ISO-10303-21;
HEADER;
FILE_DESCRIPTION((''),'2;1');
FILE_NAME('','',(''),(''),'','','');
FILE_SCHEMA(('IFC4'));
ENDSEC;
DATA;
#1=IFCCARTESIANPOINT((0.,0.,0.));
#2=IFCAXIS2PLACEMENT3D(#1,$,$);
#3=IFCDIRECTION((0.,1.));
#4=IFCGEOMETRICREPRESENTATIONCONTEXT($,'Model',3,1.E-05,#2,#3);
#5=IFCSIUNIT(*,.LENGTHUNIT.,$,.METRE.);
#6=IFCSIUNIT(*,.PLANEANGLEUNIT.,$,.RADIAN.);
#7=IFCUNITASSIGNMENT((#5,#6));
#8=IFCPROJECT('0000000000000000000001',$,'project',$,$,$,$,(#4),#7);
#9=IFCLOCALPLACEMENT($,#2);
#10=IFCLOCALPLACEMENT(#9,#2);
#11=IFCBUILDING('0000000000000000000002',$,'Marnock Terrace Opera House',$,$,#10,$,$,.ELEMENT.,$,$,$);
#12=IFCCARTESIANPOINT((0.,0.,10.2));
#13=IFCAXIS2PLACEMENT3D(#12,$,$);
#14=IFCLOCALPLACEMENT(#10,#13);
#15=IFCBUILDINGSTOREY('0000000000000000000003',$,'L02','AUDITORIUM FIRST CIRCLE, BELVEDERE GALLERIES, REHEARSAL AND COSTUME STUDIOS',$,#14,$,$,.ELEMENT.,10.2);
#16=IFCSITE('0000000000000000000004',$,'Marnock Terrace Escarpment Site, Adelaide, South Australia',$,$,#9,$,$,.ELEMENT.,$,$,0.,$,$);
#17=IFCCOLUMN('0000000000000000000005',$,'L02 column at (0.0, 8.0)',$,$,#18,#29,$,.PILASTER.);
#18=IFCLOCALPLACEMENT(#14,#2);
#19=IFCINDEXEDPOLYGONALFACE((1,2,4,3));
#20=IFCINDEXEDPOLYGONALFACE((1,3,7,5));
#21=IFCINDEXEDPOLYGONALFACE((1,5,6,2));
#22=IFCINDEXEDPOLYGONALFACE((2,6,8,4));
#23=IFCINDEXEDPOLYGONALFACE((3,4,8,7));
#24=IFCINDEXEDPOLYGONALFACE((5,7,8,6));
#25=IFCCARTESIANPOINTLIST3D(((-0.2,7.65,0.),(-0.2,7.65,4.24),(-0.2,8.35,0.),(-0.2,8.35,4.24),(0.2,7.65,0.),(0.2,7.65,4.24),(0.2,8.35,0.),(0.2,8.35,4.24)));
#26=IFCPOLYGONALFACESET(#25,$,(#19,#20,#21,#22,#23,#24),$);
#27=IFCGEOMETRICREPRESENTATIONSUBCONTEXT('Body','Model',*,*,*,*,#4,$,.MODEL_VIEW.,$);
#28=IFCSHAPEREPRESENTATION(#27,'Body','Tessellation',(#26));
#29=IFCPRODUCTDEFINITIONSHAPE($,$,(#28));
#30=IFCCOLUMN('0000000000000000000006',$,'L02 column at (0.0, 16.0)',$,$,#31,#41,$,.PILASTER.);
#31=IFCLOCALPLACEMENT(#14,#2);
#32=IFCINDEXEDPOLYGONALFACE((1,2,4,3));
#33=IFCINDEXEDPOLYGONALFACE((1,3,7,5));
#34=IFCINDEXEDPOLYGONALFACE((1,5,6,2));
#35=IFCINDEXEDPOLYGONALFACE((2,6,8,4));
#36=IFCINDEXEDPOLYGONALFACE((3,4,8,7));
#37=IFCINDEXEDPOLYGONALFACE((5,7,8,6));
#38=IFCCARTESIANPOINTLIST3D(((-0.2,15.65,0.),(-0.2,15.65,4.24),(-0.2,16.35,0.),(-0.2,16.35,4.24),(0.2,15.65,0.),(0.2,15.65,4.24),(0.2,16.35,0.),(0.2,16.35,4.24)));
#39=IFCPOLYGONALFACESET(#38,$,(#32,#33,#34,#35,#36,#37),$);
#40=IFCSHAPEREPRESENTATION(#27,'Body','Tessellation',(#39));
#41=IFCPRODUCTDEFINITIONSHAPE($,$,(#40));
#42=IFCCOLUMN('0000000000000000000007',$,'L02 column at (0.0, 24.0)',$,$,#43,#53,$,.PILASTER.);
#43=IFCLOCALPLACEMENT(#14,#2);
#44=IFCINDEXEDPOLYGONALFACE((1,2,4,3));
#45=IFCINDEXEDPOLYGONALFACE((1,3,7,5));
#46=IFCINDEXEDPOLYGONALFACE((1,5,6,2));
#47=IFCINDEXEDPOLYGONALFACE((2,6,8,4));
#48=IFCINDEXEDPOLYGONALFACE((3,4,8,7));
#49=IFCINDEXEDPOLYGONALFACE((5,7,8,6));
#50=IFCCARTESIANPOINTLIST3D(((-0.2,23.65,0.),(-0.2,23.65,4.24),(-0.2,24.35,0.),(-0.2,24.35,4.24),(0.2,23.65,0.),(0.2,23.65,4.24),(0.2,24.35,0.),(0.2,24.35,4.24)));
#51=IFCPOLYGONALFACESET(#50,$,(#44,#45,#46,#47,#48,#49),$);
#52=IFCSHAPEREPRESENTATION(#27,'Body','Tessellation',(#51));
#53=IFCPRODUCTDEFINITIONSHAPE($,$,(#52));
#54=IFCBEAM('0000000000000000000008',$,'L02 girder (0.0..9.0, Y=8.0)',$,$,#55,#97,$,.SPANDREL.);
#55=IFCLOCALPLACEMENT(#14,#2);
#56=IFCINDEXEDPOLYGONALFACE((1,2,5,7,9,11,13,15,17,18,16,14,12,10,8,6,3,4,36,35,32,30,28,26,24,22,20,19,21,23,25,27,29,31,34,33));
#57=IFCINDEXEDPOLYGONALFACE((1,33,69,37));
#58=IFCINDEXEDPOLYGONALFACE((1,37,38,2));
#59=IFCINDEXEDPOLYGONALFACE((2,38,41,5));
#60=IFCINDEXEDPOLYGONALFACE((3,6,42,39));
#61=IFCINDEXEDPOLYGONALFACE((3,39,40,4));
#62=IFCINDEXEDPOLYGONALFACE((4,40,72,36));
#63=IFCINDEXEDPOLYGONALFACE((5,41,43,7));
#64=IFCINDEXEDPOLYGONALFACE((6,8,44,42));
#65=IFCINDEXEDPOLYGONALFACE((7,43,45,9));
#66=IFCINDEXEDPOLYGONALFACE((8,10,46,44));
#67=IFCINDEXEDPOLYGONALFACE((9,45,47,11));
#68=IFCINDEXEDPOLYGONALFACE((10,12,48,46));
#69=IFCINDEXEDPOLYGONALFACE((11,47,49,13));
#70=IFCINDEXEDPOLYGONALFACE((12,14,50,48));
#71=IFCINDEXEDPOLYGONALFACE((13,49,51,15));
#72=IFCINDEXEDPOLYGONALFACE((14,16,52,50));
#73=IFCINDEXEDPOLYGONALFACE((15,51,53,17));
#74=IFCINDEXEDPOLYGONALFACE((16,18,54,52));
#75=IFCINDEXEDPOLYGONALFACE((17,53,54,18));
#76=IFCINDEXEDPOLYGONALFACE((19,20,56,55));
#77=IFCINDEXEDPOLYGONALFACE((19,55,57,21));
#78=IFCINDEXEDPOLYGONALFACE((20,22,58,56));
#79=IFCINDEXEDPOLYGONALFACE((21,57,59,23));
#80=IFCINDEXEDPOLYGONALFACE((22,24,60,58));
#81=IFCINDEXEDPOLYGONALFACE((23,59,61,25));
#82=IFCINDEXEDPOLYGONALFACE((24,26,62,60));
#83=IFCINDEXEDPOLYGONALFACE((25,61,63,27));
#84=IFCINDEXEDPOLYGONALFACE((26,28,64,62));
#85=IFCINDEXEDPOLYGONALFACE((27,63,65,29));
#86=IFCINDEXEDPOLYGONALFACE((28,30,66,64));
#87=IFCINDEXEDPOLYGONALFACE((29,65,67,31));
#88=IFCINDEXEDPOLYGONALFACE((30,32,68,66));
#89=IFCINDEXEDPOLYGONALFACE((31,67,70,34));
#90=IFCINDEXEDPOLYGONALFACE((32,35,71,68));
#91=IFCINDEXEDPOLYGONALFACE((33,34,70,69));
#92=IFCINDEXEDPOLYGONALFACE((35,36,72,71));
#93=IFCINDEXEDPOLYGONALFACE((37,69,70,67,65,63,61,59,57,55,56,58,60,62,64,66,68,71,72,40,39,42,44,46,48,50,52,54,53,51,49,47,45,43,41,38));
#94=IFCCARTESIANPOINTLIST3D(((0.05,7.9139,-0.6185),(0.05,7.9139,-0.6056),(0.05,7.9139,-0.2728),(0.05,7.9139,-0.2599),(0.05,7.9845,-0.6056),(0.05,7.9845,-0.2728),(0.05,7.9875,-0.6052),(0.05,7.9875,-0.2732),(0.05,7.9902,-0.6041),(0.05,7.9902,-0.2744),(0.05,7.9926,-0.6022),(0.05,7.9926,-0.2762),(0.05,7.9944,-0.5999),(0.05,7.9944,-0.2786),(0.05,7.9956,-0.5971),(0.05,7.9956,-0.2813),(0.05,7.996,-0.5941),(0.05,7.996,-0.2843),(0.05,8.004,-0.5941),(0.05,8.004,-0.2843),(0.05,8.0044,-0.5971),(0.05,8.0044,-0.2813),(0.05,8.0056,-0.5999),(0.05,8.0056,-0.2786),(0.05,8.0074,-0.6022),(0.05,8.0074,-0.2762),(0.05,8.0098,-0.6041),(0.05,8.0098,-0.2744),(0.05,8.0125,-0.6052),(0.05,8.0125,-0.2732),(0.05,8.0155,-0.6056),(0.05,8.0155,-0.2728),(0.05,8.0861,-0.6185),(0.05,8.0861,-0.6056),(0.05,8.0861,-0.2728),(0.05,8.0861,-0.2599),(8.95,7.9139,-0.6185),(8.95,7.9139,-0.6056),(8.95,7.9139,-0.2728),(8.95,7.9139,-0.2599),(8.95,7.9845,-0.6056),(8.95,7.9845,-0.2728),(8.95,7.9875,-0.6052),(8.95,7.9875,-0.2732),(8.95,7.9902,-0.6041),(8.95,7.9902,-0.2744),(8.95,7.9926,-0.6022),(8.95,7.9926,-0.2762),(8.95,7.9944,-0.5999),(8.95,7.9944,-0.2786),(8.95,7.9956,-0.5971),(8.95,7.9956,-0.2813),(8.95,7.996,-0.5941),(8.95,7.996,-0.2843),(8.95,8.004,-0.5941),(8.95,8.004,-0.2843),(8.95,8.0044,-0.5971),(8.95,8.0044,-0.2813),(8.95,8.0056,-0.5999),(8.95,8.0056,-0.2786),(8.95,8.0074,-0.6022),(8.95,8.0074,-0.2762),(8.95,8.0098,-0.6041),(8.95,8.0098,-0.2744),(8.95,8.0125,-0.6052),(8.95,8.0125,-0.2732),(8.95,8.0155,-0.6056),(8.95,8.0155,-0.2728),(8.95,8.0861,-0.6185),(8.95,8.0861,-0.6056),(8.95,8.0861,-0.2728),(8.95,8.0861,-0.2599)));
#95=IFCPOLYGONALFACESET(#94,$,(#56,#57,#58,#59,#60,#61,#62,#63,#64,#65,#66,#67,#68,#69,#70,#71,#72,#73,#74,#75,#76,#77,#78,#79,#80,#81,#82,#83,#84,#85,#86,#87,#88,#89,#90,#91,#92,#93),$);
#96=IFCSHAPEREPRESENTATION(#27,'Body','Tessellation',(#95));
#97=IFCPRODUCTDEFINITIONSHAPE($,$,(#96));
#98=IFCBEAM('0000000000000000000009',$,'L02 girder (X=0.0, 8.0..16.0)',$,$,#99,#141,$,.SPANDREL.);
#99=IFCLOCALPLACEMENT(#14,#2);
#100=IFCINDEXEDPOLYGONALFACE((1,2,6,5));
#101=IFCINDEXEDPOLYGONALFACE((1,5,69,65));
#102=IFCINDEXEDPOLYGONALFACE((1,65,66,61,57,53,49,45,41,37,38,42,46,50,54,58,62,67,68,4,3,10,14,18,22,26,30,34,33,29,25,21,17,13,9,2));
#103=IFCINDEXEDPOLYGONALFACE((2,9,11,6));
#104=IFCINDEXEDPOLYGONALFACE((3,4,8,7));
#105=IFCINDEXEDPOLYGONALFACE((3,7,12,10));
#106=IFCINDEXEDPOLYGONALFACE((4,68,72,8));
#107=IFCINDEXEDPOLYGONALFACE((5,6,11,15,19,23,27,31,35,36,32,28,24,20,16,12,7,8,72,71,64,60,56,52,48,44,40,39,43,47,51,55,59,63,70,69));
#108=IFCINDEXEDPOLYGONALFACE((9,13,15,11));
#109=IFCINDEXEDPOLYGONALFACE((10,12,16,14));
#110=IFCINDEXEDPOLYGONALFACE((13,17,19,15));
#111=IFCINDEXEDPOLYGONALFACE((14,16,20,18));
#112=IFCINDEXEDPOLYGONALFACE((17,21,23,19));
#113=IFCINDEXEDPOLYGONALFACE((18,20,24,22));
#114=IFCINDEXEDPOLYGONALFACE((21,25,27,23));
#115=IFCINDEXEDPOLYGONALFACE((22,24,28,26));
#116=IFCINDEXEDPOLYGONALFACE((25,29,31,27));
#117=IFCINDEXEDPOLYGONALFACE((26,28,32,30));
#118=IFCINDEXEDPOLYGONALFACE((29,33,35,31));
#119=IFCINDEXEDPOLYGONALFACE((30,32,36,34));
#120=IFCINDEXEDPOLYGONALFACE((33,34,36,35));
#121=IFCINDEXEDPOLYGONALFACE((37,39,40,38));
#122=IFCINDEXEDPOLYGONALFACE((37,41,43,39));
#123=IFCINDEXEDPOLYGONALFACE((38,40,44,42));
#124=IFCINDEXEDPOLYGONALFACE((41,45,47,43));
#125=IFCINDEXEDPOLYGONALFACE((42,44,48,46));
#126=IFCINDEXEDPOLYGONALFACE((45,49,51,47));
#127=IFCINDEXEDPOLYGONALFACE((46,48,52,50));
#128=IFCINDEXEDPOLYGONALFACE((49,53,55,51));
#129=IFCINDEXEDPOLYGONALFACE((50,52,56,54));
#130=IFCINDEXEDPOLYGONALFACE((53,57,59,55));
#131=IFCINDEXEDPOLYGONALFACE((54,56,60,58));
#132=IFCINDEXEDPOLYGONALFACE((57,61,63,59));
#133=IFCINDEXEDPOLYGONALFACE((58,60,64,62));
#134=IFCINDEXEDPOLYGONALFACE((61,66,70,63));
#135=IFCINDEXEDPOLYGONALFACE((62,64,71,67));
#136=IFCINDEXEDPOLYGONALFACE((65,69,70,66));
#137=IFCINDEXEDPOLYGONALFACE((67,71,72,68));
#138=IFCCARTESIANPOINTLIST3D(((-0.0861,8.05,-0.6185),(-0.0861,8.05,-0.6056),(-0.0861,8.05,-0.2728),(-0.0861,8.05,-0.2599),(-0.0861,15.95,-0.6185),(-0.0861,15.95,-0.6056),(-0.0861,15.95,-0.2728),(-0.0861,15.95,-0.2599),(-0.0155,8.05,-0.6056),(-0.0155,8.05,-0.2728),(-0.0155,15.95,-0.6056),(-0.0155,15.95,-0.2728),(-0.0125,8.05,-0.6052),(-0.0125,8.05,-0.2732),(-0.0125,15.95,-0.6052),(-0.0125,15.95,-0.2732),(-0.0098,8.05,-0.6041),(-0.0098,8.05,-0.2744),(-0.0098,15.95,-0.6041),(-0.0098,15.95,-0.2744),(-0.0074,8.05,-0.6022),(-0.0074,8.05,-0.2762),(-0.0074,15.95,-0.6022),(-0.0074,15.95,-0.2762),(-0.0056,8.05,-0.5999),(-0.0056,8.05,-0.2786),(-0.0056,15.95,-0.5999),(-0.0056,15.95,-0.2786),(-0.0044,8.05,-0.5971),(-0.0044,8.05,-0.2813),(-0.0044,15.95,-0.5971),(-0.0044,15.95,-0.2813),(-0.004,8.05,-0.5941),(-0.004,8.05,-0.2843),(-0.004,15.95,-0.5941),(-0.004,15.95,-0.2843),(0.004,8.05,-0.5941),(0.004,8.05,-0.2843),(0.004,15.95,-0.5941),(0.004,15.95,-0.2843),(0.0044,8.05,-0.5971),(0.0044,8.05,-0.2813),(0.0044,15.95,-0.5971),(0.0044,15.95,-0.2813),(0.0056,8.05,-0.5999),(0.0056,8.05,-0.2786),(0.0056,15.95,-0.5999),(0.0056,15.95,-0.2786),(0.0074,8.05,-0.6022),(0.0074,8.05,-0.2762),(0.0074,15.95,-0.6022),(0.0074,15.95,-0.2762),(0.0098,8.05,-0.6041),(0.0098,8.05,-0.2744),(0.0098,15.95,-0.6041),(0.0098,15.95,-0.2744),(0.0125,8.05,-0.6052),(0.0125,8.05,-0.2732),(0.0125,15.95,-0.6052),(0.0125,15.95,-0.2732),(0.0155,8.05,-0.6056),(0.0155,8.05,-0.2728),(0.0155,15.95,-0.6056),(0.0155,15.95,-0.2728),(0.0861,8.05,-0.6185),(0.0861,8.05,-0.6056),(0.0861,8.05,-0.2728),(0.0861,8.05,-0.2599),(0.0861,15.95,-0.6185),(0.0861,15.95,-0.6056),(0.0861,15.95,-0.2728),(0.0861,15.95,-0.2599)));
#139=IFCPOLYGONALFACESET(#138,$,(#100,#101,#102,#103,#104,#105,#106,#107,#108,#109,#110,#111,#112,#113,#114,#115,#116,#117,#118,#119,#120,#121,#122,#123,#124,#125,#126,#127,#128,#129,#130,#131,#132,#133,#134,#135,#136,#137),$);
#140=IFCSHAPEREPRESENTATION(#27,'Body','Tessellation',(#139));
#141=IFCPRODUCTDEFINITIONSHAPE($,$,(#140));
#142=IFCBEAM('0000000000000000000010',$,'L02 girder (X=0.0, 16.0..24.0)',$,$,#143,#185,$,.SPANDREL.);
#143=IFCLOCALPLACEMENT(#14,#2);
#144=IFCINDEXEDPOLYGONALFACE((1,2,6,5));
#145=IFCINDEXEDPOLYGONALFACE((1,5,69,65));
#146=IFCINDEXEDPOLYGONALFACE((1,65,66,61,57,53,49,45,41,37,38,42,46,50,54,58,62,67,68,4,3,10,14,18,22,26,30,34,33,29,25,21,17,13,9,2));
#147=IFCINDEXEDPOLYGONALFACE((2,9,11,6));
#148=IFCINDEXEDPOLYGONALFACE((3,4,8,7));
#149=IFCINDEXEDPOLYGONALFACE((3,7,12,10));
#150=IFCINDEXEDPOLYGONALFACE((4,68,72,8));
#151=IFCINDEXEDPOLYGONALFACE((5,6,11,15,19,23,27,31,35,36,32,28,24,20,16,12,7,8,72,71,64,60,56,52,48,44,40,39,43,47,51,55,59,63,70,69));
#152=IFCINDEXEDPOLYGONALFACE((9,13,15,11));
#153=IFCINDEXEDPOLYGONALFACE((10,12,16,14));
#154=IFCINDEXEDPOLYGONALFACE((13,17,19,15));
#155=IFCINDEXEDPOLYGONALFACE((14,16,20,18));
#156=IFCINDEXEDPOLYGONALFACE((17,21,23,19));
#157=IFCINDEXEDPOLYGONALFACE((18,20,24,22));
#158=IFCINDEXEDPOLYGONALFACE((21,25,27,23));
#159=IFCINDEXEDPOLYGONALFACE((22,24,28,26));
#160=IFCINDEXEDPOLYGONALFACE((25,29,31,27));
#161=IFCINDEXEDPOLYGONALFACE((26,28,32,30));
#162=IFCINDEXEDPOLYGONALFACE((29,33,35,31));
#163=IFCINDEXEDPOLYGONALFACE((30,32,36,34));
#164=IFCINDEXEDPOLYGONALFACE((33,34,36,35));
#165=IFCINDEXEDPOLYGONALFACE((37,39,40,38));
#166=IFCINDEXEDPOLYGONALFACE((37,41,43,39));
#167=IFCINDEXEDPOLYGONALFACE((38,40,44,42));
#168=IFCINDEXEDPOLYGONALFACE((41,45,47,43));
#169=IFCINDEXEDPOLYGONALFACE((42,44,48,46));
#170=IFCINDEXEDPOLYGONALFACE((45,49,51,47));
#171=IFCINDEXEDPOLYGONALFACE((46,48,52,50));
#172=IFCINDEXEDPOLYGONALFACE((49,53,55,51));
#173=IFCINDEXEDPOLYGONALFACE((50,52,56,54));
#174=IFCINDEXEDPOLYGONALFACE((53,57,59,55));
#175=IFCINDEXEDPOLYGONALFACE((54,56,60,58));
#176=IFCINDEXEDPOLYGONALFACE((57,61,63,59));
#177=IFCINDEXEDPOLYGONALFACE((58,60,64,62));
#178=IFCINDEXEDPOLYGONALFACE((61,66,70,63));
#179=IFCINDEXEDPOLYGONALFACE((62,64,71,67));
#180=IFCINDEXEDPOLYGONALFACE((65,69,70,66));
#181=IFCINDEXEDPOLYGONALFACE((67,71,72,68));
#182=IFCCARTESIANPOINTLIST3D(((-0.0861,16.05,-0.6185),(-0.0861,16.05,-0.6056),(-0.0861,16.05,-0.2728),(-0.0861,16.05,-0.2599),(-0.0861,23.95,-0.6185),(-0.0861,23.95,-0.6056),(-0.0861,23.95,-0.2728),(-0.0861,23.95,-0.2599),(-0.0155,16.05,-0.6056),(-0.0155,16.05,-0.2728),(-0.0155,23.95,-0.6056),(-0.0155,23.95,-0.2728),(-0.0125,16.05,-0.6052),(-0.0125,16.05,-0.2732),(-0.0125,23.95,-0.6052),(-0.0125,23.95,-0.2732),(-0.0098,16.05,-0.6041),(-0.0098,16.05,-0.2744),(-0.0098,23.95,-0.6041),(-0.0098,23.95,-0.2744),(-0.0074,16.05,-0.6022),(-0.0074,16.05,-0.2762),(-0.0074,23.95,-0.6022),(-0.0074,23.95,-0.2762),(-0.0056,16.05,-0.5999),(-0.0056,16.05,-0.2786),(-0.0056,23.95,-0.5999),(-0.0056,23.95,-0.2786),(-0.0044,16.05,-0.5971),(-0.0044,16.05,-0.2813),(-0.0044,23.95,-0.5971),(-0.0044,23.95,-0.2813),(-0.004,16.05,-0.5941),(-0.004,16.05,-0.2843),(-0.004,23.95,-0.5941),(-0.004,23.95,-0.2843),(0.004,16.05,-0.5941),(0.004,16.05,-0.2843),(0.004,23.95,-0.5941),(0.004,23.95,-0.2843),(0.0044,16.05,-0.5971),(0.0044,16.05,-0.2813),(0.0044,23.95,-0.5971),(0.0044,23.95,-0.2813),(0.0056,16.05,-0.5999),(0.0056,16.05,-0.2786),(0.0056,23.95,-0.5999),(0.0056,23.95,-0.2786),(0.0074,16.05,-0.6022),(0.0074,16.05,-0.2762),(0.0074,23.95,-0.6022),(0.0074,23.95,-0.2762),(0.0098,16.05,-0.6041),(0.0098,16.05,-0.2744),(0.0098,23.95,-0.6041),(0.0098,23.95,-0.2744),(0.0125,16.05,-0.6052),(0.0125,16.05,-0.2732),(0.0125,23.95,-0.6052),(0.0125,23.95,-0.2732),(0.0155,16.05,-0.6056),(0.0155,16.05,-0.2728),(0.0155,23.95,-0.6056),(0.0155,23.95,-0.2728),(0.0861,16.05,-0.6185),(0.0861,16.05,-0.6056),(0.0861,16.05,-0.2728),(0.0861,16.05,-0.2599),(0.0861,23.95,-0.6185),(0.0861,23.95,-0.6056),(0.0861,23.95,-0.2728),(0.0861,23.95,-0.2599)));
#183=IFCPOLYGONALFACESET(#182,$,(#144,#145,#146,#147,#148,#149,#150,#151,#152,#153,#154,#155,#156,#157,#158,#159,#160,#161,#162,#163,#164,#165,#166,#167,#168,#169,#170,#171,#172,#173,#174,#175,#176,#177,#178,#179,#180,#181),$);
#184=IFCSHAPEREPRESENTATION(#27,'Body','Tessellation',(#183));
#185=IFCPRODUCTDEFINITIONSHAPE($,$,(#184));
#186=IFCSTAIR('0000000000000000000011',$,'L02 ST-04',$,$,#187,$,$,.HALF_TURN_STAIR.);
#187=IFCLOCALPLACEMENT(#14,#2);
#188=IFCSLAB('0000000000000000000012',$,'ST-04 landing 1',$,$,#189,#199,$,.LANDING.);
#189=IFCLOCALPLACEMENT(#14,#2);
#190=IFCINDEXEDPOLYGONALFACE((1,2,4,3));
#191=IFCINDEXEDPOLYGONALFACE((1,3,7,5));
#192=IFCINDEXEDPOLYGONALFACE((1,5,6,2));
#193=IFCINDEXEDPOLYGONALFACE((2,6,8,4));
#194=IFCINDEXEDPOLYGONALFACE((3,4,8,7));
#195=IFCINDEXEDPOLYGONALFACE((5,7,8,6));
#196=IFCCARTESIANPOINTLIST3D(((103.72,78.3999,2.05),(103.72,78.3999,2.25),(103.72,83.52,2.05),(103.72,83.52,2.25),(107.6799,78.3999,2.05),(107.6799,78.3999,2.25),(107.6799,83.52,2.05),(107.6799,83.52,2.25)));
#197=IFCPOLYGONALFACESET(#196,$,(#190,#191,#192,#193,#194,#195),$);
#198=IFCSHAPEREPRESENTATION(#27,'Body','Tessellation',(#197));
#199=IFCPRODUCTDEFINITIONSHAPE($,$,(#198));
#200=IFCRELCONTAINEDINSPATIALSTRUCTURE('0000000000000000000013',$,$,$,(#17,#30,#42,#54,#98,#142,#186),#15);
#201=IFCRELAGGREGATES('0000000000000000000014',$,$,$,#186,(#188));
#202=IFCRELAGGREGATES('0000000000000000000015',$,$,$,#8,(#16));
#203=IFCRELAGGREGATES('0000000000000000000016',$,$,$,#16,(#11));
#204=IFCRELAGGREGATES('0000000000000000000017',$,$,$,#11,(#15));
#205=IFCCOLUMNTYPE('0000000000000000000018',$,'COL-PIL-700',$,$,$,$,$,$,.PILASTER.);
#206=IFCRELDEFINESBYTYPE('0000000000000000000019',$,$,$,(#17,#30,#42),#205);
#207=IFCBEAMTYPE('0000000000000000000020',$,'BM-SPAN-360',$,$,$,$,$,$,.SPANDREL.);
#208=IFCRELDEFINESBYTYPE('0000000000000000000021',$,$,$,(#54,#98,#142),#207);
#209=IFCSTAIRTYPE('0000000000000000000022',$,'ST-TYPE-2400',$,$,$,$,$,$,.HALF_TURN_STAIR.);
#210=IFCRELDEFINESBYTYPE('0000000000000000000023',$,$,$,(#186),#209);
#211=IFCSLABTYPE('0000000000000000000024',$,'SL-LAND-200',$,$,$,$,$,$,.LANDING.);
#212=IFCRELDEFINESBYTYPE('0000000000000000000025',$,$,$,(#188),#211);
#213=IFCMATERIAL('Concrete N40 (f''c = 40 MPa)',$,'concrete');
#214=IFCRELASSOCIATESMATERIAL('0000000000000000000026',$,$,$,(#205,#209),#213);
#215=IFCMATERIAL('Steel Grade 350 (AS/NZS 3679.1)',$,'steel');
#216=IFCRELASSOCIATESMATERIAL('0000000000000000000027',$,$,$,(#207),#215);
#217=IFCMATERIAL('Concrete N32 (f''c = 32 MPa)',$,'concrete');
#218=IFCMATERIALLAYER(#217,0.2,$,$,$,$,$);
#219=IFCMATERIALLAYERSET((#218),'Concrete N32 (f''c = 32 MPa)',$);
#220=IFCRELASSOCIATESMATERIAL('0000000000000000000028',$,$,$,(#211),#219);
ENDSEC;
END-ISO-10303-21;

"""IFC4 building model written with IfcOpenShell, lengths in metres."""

from ifc_helpers import new_model, si_unit, direction, frame, origin, origin_2d, place, context, subcontext, project, spatial, polyline, rectangle, i_section, outline, extrude, material, layer, layer_set, material_profile, profile_set, type_object, element, aggregate, save


model = new_model("IFC4")

# Units and contexts
model_context = context("Model", 3, precision=1e-05, world=origin(), true_north=direction((0.0, 1.0)))
body_context = subcontext(model_context, "Body", "Model", "MODEL_VIEW")
ifc_project = project(units=[si_unit("LENGTHUNIT", "METRE"), si_unit("PLANEANGLEUNIT", "RADIAN")], contexts=[model_context])

# Site, building, storey
site_placement = place(None, origin())
site = spatial("IfcSite", under=ifc_project, at=site_placement, Name="Marnock Terrace Escarpment Site, Adelaide, South Australia", CompositionType="ELEMENT", RefElevation=0.0)
building_placement = place(site_placement, origin())
building = spatial("IfcBuilding", under=site, at=building_placement, Name="Marnock Terrace Opera House", CompositionType="ELEMENT")
storey_placement = place(building_placement, frame((0.0, 0.0, 10.2)))
storey = spatial("IfcBuildingStorey", under=building, at=storey_placement, Name="L02", Description="AUDITORIUM FIRST CIRCLE, BELVEDERE GALLERIES, REHEARSAL AND COSTUME STUDIOS", CompositionType="ELEMENT", Elevation=10.2)

# Columns
ifc_material_1 = material(Name="Concrete N40 (f'c = 40 MPa)", Category="concrete")
ifc_material_profile_1 = material_profile(ifc_material_1, rectangle(XDim=0.3999, YDim=0.7, at=origin_2d()))
ifc_profile_set_1 = profile_set([ifc_material_profile_1], Name="Concrete N40 (f'c = 40 MPa)")
column_type = type_object("IfcColumnType", Name="COL-PIL-700", PredefinedType="PILASTER", material=ifc_profile_set_1)
for number, where, z_axis, x_axis, name in (
    (1, (0.0, 8.0, 0.0), (0.0, 0.0, 1.0), (1.0, 0.0, 0.0), "L02 column at (0.0, 8.0)"),
    (2, (0.0, 16.0, 0.0), (0.0, 0.0, 1.0), (1.0, 0.0, 0.0), "L02 column at (0.0, 16.0)"),
    (3, (0.0, 24.0, 0.0), (0.0, 0.0, 1.0), (1.0, 0.0, 0.0), "L02 column at (0.0, 24.0)"),
):
    element("IfcColumn", number, at=place(storey_placement, frame(where, z_axis=z_axis, x_axis=x_axis)), inside=storey, type_object=column_type, Name=name, PredefinedType="PILASTER", context=body_context, shape_type="SweptSolid", body=[
        extrude(rectangle(XDim=0.3999, YDim=0.7, at=origin_2d()), origin(), (0.0, 0.0, 1.0), 4.24),
    ])

# Beams
ifc_material_2 = material(Name="Steel Grade 350 (AS/NZS 3679.1)", Category="steel")
ifc_material_profile_2 = material_profile(ifc_material_2, i_section(OverallWidth=0.1721, OverallDepth=0.3586, WebThickness=0.0081, FlangeThickness=0.0129, FilletRadius=0.0115, at=origin_2d()))
ifc_profile_set_2 = profile_set([ifc_material_profile_2], Name="Steel Grade 350 (AS/NZS 3679.1)")
beam_type = type_object("IfcBeamType", Name="BM-SPAN-360", PredefinedType="SPANDREL", material=ifc_profile_set_2)
beam_placement = place(storey_placement, frame((0.05, 8.0, -0.4392), z_axis=(1.0, 0.0, 0.0), x_axis=(0.0, 1.0, 0.0)))
element("IfcBeam", 4, at=beam_placement, inside=storey, type_object=beam_type, Name="L02 girder (0.0..9.0, Y=8.0)", PredefinedType="SPANDREL", context=body_context, shape_type="SweptSolid", body=[
    extrude(i_section(OverallWidth=0.1721, OverallDepth=0.3586, WebThickness=0.0081, FlangeThickness=0.0129, FilletRadius=0.0115, at=origin_2d()), origin(), (0.0, 0.0, 1.0), 8.8999),
])
for number, where, z_axis, x_axis, name in (
    (5, (0.0, 8.05, -0.4392), (0.0, 1.0, 0.0), (-1.0, 0.0, 0.0), "L02 girder (X=0.0, 8.0..16.0)"),
    (6, (0.0, 16.05, -0.4392), (0.0, 1.0, 0.0), (-1.0, 0.0, 0.0), "L02 girder (X=0.0, 16.0..24.0)"),
):
    element("IfcBeam", number, at=place(storey_placement, frame(where, z_axis=z_axis, x_axis=x_axis)), inside=storey, type_object=beam_type, Name=name, PredefinedType="SPANDREL", context=body_context, shape_type="SweptSolid", body=[
        extrude(i_section(OverallWidth=0.1721, OverallDepth=0.3586, WebThickness=0.0081, FlangeThickness=0.0129, FilletRadius=0.0115, at=origin_2d()), origin(), (0.0, 0.0, 1.0), 7.8999),
    ])

# Stair, slab
stair_type_1 = type_object("IfcStairType", Name="ST-TYPE-2400", PredefinedType="HALF_TURN_STAIR", material=ifc_material_1)
stair_1_placement = place(storey_placement, origin())
stair_1 = element("IfcStair", 7, at=stair_1_placement, inside=storey, type_object=stair_type_1, Name="L02 ST-04", PredefinedType="HALF_TURN_STAIR")
ifc_material_3 = material(Name="Concrete N32 (f'c = 32 MPa)", Category="concrete")
ifc_layer_1 = layer(ifc_material_3, 0.2)
ifc_layer_set_1 = layer_set([ifc_layer_1], Name="Concrete N32 (f'c = 32 MPa)")
slab_type = type_object("IfcSlabType", Name="SL-LAND-200", PredefinedType="LANDING", material=ifc_layer_set_1)
slab_1_placement = place(storey_placement, frame((0.0, 0.0, 2.05)))
slab_1 = element("IfcSlab", 8, at=slab_1_placement, type_object=slab_type, Name="ST-04 landing 1", PredefinedType="LANDING", context=body_context, shape_type="SweptSolid", body=[
    extrude(outline(polyline([(107.6799, 78.3999), (107.6799, 83.52), (103.72, 83.52), (103.72, 78.3999), (107.6799, 78.3999)])), origin(), (0.0, 0.0, 1.0), 0.2),
])
aggregate(stair_1, [slab_1])

save(model, "model.ifc")
